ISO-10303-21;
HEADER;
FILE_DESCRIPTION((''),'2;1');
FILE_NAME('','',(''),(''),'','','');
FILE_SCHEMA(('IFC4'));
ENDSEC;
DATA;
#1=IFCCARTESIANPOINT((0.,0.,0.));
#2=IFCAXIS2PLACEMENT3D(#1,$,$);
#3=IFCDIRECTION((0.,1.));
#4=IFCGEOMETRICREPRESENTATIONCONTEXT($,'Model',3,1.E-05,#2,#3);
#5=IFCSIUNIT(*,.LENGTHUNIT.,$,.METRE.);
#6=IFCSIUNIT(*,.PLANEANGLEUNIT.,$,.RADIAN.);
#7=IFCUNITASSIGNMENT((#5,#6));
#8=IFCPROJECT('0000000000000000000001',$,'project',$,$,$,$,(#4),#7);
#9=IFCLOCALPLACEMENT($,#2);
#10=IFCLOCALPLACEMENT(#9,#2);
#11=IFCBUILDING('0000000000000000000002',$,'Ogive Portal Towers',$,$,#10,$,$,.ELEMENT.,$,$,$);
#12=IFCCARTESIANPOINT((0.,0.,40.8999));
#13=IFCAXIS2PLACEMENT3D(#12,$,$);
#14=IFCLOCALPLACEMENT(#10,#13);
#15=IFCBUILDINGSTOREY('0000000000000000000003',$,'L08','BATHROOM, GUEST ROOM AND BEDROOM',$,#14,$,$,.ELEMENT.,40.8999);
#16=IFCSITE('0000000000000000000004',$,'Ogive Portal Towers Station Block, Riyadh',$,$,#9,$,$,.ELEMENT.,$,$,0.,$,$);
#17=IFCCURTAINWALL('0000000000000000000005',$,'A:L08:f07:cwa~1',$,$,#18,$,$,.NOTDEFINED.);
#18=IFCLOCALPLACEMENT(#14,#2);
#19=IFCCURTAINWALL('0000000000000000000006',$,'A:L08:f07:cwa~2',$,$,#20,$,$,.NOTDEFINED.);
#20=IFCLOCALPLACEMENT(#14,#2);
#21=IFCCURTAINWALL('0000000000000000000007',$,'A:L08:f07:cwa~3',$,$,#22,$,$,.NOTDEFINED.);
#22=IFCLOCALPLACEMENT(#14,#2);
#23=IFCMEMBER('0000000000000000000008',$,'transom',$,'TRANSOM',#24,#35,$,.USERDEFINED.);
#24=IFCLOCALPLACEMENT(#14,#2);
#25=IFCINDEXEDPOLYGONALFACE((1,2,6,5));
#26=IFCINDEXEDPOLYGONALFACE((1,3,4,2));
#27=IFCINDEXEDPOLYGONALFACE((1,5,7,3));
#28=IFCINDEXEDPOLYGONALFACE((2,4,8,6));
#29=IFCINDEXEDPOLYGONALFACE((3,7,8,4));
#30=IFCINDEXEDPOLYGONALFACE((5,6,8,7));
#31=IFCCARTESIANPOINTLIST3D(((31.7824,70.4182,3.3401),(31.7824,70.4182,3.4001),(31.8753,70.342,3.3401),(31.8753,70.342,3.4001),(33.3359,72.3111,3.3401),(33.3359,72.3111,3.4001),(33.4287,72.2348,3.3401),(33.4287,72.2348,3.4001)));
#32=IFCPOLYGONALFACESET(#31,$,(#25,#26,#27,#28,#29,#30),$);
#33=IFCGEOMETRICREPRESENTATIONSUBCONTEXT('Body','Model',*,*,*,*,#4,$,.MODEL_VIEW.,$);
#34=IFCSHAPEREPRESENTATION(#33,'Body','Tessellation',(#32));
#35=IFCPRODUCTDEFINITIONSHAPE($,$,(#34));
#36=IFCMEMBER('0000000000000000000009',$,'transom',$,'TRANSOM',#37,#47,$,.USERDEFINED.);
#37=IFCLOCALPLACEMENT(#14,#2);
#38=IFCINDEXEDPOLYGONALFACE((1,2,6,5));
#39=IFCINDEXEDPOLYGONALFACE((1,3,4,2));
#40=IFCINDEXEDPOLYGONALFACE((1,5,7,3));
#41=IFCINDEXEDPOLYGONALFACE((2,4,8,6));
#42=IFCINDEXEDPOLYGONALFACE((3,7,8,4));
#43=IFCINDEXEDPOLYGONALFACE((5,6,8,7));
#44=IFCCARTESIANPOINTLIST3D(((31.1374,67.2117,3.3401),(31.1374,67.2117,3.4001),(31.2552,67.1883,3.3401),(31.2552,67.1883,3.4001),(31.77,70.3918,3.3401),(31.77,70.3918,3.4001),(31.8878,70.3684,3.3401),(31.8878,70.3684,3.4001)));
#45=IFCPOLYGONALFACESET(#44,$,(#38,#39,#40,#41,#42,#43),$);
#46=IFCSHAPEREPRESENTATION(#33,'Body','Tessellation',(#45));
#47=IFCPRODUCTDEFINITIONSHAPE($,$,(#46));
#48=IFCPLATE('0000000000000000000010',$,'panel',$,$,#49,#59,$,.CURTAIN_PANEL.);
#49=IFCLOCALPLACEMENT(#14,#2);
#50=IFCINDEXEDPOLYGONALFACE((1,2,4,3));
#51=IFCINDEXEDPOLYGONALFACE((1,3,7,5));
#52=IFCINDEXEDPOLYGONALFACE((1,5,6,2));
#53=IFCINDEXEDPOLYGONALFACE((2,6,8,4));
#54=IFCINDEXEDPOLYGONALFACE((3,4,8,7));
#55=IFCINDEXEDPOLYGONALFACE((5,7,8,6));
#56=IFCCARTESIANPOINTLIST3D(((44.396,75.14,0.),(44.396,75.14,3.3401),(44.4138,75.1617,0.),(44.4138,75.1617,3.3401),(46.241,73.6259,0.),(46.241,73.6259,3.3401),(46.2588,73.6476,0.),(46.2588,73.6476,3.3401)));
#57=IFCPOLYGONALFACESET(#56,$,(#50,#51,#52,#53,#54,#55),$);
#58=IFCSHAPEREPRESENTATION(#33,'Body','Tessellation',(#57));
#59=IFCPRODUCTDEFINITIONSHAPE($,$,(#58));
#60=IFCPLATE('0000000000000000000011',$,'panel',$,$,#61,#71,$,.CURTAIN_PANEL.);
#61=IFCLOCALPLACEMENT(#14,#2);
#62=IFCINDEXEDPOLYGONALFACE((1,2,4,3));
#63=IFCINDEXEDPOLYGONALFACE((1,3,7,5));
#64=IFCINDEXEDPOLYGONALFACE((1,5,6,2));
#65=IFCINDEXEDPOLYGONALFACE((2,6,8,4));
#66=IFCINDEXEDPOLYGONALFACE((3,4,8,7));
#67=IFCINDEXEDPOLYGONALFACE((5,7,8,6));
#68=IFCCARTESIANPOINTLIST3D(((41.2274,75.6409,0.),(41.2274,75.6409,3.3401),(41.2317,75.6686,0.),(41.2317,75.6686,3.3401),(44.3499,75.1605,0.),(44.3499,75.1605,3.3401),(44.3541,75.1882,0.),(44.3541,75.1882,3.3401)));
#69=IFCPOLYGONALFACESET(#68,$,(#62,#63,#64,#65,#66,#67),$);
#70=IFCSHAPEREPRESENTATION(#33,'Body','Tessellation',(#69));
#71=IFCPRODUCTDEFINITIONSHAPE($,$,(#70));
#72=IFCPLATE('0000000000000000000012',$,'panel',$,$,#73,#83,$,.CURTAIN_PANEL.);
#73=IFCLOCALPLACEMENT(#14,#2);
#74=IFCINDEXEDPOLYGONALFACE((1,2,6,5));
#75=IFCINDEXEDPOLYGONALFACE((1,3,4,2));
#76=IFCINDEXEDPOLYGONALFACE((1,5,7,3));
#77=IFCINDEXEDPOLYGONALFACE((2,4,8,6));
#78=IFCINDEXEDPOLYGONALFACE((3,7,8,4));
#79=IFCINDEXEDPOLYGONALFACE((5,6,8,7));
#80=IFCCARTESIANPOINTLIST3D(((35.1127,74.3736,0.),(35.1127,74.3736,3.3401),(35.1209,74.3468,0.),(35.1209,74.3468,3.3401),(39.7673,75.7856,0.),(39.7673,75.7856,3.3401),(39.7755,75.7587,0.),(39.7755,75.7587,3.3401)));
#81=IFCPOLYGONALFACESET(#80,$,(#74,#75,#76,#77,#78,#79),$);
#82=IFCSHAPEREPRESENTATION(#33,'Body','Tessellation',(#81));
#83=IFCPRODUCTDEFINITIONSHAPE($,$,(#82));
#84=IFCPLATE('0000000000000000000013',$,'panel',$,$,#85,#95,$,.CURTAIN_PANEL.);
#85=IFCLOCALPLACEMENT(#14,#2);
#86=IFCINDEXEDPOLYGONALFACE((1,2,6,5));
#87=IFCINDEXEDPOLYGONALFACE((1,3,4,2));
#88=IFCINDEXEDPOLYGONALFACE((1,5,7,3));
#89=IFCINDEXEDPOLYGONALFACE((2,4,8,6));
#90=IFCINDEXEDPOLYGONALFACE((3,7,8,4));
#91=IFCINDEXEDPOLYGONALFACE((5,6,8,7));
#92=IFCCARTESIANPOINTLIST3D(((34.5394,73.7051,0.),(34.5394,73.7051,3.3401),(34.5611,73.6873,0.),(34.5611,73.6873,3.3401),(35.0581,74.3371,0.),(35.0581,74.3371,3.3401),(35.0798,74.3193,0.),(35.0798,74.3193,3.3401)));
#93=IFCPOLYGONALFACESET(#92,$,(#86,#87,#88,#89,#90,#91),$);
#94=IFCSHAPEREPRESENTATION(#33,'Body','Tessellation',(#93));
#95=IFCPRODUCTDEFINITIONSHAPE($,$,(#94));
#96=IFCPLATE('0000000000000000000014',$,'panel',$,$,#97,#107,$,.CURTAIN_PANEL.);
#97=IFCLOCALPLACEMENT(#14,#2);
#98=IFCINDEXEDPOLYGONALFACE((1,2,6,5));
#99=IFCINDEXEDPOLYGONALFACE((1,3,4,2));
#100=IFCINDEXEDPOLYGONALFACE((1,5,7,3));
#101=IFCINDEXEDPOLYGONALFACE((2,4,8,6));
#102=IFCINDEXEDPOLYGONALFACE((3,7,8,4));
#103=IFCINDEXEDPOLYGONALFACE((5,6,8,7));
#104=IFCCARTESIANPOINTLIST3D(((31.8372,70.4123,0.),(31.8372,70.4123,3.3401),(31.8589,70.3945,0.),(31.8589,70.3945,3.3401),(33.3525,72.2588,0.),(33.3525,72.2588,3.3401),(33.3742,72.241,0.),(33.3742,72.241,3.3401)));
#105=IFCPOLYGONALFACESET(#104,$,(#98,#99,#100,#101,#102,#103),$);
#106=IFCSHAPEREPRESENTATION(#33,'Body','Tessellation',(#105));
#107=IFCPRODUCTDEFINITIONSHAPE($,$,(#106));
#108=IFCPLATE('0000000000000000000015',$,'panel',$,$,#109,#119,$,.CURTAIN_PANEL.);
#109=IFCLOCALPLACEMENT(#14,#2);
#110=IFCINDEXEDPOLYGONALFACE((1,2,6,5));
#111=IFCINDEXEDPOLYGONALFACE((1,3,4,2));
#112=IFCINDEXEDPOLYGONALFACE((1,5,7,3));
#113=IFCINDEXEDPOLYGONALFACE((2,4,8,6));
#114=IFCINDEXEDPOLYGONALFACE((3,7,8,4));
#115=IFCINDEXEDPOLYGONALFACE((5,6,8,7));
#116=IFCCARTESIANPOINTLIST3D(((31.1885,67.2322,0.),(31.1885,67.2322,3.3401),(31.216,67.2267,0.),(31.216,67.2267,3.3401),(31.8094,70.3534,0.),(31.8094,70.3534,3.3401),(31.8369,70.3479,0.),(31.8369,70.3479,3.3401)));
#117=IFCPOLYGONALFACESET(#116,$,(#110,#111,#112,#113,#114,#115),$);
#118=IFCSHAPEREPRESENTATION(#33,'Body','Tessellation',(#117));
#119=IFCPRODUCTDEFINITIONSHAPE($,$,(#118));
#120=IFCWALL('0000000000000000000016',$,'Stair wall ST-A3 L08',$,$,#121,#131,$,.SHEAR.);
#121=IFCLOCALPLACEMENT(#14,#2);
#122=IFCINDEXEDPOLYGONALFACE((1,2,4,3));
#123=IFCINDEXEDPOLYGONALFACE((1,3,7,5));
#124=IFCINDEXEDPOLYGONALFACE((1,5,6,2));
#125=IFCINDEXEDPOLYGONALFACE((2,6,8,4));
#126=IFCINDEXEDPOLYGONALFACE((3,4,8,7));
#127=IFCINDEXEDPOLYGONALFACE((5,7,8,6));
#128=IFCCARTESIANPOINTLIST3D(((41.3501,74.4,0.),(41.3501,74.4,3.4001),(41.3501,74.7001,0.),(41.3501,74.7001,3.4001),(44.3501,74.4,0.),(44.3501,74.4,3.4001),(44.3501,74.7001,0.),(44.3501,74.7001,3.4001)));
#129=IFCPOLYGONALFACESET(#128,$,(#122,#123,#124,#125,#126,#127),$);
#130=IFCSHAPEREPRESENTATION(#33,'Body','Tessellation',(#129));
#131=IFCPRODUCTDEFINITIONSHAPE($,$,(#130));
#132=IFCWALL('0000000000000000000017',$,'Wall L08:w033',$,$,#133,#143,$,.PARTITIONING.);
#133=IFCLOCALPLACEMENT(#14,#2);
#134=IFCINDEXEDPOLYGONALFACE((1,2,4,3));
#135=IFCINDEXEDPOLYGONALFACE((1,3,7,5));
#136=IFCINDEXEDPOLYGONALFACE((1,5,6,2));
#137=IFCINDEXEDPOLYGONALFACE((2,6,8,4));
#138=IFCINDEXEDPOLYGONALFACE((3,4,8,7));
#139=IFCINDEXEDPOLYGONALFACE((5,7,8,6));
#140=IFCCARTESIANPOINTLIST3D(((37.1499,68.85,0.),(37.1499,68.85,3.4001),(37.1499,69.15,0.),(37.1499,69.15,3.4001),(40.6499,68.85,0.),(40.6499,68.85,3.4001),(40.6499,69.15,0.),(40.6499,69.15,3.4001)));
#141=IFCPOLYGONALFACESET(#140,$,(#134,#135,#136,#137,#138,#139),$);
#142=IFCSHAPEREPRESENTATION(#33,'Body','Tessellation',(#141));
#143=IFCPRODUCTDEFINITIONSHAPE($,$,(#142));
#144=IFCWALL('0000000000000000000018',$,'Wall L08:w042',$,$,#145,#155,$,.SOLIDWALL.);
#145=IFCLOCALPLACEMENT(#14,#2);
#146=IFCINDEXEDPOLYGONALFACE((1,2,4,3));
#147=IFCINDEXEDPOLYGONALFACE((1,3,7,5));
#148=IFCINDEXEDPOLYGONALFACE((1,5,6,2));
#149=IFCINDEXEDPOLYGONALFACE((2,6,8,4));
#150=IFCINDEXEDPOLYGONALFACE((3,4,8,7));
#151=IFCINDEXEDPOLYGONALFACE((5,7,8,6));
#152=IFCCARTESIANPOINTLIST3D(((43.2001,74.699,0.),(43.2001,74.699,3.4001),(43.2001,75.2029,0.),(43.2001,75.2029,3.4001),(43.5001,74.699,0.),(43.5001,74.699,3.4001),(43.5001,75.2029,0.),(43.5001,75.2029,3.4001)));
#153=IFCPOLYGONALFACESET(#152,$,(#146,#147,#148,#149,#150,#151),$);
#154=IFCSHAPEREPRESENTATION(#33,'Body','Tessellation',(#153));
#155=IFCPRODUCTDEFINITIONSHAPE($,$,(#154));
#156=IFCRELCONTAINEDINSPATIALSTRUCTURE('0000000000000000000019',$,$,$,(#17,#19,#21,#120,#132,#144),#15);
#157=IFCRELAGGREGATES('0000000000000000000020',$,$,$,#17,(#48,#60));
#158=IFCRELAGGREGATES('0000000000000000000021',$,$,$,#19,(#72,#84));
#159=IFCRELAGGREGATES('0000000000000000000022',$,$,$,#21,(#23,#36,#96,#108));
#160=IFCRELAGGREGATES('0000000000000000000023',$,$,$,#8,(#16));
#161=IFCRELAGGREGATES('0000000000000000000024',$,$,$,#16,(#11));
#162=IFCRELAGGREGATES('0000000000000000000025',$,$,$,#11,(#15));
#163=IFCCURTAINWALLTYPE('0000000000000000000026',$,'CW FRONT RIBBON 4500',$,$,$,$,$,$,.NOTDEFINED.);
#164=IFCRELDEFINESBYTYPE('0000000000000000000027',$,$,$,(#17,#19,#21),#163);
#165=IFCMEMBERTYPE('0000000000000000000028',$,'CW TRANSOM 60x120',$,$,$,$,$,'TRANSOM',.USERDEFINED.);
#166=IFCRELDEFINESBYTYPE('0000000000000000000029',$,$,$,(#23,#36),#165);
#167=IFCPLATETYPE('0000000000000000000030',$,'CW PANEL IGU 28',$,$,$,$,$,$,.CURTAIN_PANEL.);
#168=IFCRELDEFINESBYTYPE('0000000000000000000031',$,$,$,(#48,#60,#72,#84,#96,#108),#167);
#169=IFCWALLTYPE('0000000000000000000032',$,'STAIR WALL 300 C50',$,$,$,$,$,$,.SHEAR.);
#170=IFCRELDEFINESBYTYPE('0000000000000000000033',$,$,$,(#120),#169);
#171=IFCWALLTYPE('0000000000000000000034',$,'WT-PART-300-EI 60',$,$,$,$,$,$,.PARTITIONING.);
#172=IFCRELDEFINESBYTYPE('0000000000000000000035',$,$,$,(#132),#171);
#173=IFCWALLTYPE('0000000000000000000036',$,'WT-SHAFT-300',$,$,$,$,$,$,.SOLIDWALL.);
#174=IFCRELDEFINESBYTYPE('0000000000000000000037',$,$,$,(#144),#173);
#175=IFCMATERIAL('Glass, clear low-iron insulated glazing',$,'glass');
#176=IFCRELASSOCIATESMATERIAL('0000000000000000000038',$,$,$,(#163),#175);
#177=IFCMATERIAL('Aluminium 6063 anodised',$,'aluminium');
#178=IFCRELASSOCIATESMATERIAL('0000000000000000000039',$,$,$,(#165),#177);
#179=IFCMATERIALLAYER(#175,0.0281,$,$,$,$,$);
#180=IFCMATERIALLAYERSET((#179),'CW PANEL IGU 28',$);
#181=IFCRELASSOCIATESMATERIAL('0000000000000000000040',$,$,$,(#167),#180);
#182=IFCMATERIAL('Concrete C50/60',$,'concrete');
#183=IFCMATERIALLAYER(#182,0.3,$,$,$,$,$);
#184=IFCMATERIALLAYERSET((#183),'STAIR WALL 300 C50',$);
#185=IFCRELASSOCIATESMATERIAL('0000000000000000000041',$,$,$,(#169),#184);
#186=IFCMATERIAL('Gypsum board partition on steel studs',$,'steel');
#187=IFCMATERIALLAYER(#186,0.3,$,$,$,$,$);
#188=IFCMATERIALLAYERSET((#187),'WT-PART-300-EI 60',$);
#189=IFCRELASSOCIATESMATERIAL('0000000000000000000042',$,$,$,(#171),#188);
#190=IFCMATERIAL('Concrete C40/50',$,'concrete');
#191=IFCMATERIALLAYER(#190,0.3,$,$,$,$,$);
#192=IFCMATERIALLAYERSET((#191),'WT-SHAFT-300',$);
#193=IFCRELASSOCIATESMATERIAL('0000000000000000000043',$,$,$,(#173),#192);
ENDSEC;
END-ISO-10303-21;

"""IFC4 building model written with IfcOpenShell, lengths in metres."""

from ifc_helpers import new_model, si_unit, direction, frame, frame_2d, origin, origin_2d, place, context, subcontext, project, spatial, rectangle, extrude, material, layer, layer_set, material_profile, profile_set, type_object, element, aggregate, save


model = new_model("IFC4")

# Units and contexts
model_context = context("Model", 3, precision=1e-05, world=origin(), true_north=direction((0.0, 1.0)))
body_context = subcontext(model_context, "Body", "Model", "MODEL_VIEW")
ifc_project = project(units=[si_unit("LENGTHUNIT", "METRE"), si_unit("PLANEANGLEUNIT", "RADIAN")], contexts=[model_context])

# Site, building, storey
site_placement = place(None, origin())
site = spatial("IfcSite", under=ifc_project, at=site_placement, Name="Ogive Portal Towers Station Block, Riyadh", CompositionType="ELEMENT", RefElevation=0.0)
building_placement = place(site_placement, origin())
building = spatial("IfcBuilding", under=site, at=building_placement, Name="Ogive Portal Towers", CompositionType="ELEMENT")
storey_placement = place(building_placement, frame((0.0, 0.0, 40.8999)))
storey = spatial("IfcBuildingStorey", under=building, at=storey_placement, Name="L08", Description="BATHROOM, GUEST ROOM AND BEDROOM", CompositionType="ELEMENT", Elevation=40.8999)

# Shared definitions
ifc_material_1 = material(Name="Concrete C40/50", Category="concrete")

# Curtain walls
ifc_material_2 = material(Name="Glass, clear low-iron insulated glazing", Category="glass")
curtain_wall_type = type_object("IfcCurtainWallType", Name="CW FRONT RIBBON 4500", PredefinedType="NOTDEFINED", material=ifc_material_2)
curtain_wall_1_placement = place(storey_placement, origin())
curtain_wall_1 = element("IfcCurtainWall", 1, at=curtain_wall_1_placement, inside=storey, type_object=curtain_wall_type, Name="A:L08:f07:cwa~1", PredefinedType="NOTDEFINED")
ifc_material_3 = material(Name="Aluminium 6063 anodised", Category="aluminium")
curtain_wall_2_placement = place(storey_placement, origin())
curtain_wall_2 = element("IfcCurtainWall", 2, at=curtain_wall_2_placement, inside=storey, type_object=curtain_wall_type, Name="A:L08:f07:cwa~2", PredefinedType="NOTDEFINED")
curtain_wall_3_placement = place(storey_placement, origin())
curtain_wall_3 = element("IfcCurtainWall", 3, at=curtain_wall_3_placement, inside=storey, type_object=curtain_wall_type, Name="A:L08:f07:cwa~3", PredefinedType="NOTDEFINED")

# Members
ifc_material_profile_1 = material_profile(ifc_material_3, rectangle(XDim=0.1201, YDim=0.0601, at=origin_2d()), Name="AL 120x60")
ifc_profile_set_1 = profile_set([ifc_material_profile_1], Name="Aluminium 6063 anodised")
member_type_1 = type_object("IfcMemberType", Name="CW TRANSOM 60x120", ElementType="TRANSOM", PredefinedType="USERDEFINED", material=ifc_profile_set_1)
member_1_placement = place(storey_placement, frame((33.3823, 72.2729, 3.3701), z_axis=(-0.63441, -0.772997, 0.0), x_axis=(0.772997, -0.63441, 0.0)))
member_1 = element("IfcMember", 4, at=member_1_placement, type_object=member_type_1, Name="transom", ObjectType="TRANSOM", PredefinedType="USERDEFINED", context=body_context, shape_type="SweptSolid", body=[
    extrude(rectangle(XDim=0.1201, YDim=0.0601, at=origin_2d()), origin(), (0.0, 0.0, 1.0), 2.4487),
])
member_2_placement = place(storey_placement, frame((31.8289, 70.3801, 3.3701), z_axis=(-0.195088, -0.980786, 0.0), x_axis=(0.980786, -0.195088, 0.0)))
member_2 = element("IfcMember", 5, at=member_2_placement, type_object=member_type_1, Name="transom", ObjectType="TRANSOM", PredefinedType="USERDEFINED", context=body_context, shape_type="SweptSolid", body=[
    extrude(rectangle(XDim=0.1201, YDim=0.0601, at=origin_2d()), origin(), (0.0, 0.0, 1.0), 3.2424),
])

# Plates
ifc_layer_1 = layer(ifc_material_2, 0.0281)
ifc_layer_set_1 = layer_set([ifc_layer_1], Name="CW PANEL IGU 28")
plate_type = type_object("IfcPlateType", Name="CW PANEL IGU 28", PredefinedType="CURTAIN_PANEL", material=ifc_layer_set_1)
plate_1_placement = place(storey_placement, frame((45.3274, 74.3938, 0.0), z_axis=(0.0, 0.0, 1.0), x_axis=(-0.77301, 0.634393, 0.0)))
plate_1 = element("IfcPlate", 6, at=plate_1_placement, type_object=plate_type, Name="panel", PredefinedType="CURTAIN_PANEL", context=body_context, shape_type="SweptSolid", body=[
    extrude(rectangle(XDim=2.3867, YDim=0.0281, at=origin_2d()), origin(), (0.0, 0.0, 1.0), 3.3401),
])
plate_2_placement = place(storey_placement, frame((42.7908, 75.4146, 0.0), z_axis=(0.0, 0.0, 1.0), x_axis=(-0.988369, 0.152074, 0.0)))
plate_2 = element("IfcPlate", 7, at=plate_2_placement, type_object=plate_type, Name="panel", PredefinedType="CURTAIN_PANEL", context=body_context, shape_type="SweptSolid", body=[
    extrude(rectangle(XDim=3.1592, YDim=0.0281, at=origin_2d()), origin(), (0.0, 0.0, 1.0), 3.3401),
])
aggregate(curtain_wall_1, [plate_1, plate_2])
plate_3_placement = place(storey_placement, frame((37.4441, 75.0662, 0.0), z_axis=(0.0, 0.0, 1.0), x_axis=(-0.95694, -0.290285, 0.0)))
plate_3 = element("IfcPlate", 8, at=plate_3_placement, type_object=plate_type, Name="panel", PredefinedType="CURTAIN_PANEL", context=body_context, shape_type="SweptSolid", body=[
    extrude(rectangle(XDim=4.864, YDim=0.0281, at=origin_2d()), origin(), (0.0, 0.0, 1.0), 3.3401),
])
plate_4_placement = place(storey_placement, frame((34.8096, 74.0122, 0.0), z_axis=(0.0, 0.0, 1.0), x_axis=(-0.634393, -0.77301, 0.0)))
plate_4 = element("IfcPlate", 9, at=plate_4_placement, type_object=plate_type, Name="panel", PredefinedType="CURTAIN_PANEL", context=body_context, shape_type="SweptSolid", body=[
    extrude(rectangle(XDim=0.8176, YDim=0.0281, at=origin_2d()), origin(), (0.0, 0.0, 1.0), 3.3401),
])
aggregate(curtain_wall_2, [plate_3, plate_4])
plate_5_placement = place(storey_placement, frame((32.6057, 71.3267, 0.0), z_axis=(0.0, 0.0, 1.0), x_axis=(-0.634393, -0.77301, 0.0)))
plate_5 = element("IfcPlate", 10, at=plate_5_placement, type_object=plate_type, Name="panel", PredefinedType="CURTAIN_PANEL", context=body_context, shape_type="SweptSolid", body=[
    extrude(rectangle(XDim=2.3887, YDim=0.0281, at=origin_2d()), origin(), (0.0, 0.0, 1.0), 3.3401),
])
plate_6_placement = place(storey_placement, frame((31.5127, 68.79, 0.0), z_axis=(0.0, 0.0, 1.0), x_axis=(-0.19509, -0.980785, 0.0)))
plate_6 = element("IfcPlate", 11, at=plate_6_placement, type_object=plate_type, Name="panel", PredefinedType="CURTAIN_PANEL", context=body_context, shape_type="SweptSolid", body=[
    extrude(rectangle(XDim=3.1824, YDim=0.0281, at=origin_2d()), origin(), (0.0, 0.0, 1.0), 3.3401),
])
aggregate(curtain_wall_3, [member_1, member_2, plate_5, plate_6])

# Walls
ifc_material_4 = material(Name="Concrete C50/60", Category="concrete")
ifc_layer_2 = layer(ifc_material_4, 0.3)
ifc_layer_set_2 = layer_set([ifc_layer_2], Name="STAIR WALL 300 C50")
wall_type_1 = type_object("IfcWallType", Name="STAIR WALL 300 C50", PredefinedType="SHEAR", material=ifc_layer_set_2)
wall_1_placement = place(storey_placement, frame((41.3501, 74.55, 0.0), z_axis=(0.0, 0.0, 1.0), x_axis=(1.0, 0.0, 0.0)))
element("IfcWall", 12, at=wall_1_placement, inside=storey, type_object=wall_type_1, Name="Stair wall ST-A3 L08", PredefinedType="SHEAR", context=body_context, shape_type="SweptSolid", body=[
    extrude(rectangle(XDim=3.0, YDim=0.3, at=frame_2d((1.5, 0.0))), origin(), (0.0, 0.0, 1.0), 3.4001),
])
ifc_material_5 = material(Name="Gypsum board partition on steel studs", Category="steel")
ifc_layer_3 = layer(ifc_material_5, 0.3)
ifc_layer_set_3 = layer_set([ifc_layer_3], Name="WT-PART-300-EI 60")
wall_type_2 = type_object("IfcWallType", Name="WT-PART-300-EI 60", PredefinedType="PARTITIONING", material=ifc_layer_set_3)
wall_2_placement = place(storey_placement, frame((37.1499, 69.0, 0.0), z_axis=(0.0, 0.0, 1.0), x_axis=(1.0, 0.0, 0.0)))
element("IfcWall", 13, at=wall_2_placement, inside=storey, type_object=wall_type_2, Name="Wall L08:w033", PredefinedType="PARTITIONING", context=body_context, shape_type="SweptSolid", body=[
    extrude(rectangle(XDim=3.5, YDim=0.3, at=frame_2d((1.75, 0.0))), origin(), (0.0, 0.0, 1.0), 3.4001),
])
ifc_layer_4 = layer(ifc_material_1, 0.3)
ifc_layer_set_4 = layer_set([ifc_layer_4], Name="WT-SHAFT-300")
wall_type_3 = type_object("IfcWallType", Name="WT-SHAFT-300", PredefinedType="SOLIDWALL", material=ifc_layer_set_4)
wall_3_placement = place(storey_placement, frame((43.3501, 74.699, 0.0), z_axis=(0.0, 0.0, 1.0), x_axis=(0.0, 1.0, 0.0)))
element("IfcWall", 14, at=wall_3_placement, inside=storey, type_object=wall_type_3, Name="Wall L08:w042", PredefinedType="SOLIDWALL", context=body_context, shape_type="SweptSolid", body=[
    extrude(rectangle(XDim=0.5039, YDim=0.3, at=frame_2d((0.252, 0.0))), origin(), (0.0, 0.0, 1.0), 3.4001),
])

save(model, "model.ifc")
